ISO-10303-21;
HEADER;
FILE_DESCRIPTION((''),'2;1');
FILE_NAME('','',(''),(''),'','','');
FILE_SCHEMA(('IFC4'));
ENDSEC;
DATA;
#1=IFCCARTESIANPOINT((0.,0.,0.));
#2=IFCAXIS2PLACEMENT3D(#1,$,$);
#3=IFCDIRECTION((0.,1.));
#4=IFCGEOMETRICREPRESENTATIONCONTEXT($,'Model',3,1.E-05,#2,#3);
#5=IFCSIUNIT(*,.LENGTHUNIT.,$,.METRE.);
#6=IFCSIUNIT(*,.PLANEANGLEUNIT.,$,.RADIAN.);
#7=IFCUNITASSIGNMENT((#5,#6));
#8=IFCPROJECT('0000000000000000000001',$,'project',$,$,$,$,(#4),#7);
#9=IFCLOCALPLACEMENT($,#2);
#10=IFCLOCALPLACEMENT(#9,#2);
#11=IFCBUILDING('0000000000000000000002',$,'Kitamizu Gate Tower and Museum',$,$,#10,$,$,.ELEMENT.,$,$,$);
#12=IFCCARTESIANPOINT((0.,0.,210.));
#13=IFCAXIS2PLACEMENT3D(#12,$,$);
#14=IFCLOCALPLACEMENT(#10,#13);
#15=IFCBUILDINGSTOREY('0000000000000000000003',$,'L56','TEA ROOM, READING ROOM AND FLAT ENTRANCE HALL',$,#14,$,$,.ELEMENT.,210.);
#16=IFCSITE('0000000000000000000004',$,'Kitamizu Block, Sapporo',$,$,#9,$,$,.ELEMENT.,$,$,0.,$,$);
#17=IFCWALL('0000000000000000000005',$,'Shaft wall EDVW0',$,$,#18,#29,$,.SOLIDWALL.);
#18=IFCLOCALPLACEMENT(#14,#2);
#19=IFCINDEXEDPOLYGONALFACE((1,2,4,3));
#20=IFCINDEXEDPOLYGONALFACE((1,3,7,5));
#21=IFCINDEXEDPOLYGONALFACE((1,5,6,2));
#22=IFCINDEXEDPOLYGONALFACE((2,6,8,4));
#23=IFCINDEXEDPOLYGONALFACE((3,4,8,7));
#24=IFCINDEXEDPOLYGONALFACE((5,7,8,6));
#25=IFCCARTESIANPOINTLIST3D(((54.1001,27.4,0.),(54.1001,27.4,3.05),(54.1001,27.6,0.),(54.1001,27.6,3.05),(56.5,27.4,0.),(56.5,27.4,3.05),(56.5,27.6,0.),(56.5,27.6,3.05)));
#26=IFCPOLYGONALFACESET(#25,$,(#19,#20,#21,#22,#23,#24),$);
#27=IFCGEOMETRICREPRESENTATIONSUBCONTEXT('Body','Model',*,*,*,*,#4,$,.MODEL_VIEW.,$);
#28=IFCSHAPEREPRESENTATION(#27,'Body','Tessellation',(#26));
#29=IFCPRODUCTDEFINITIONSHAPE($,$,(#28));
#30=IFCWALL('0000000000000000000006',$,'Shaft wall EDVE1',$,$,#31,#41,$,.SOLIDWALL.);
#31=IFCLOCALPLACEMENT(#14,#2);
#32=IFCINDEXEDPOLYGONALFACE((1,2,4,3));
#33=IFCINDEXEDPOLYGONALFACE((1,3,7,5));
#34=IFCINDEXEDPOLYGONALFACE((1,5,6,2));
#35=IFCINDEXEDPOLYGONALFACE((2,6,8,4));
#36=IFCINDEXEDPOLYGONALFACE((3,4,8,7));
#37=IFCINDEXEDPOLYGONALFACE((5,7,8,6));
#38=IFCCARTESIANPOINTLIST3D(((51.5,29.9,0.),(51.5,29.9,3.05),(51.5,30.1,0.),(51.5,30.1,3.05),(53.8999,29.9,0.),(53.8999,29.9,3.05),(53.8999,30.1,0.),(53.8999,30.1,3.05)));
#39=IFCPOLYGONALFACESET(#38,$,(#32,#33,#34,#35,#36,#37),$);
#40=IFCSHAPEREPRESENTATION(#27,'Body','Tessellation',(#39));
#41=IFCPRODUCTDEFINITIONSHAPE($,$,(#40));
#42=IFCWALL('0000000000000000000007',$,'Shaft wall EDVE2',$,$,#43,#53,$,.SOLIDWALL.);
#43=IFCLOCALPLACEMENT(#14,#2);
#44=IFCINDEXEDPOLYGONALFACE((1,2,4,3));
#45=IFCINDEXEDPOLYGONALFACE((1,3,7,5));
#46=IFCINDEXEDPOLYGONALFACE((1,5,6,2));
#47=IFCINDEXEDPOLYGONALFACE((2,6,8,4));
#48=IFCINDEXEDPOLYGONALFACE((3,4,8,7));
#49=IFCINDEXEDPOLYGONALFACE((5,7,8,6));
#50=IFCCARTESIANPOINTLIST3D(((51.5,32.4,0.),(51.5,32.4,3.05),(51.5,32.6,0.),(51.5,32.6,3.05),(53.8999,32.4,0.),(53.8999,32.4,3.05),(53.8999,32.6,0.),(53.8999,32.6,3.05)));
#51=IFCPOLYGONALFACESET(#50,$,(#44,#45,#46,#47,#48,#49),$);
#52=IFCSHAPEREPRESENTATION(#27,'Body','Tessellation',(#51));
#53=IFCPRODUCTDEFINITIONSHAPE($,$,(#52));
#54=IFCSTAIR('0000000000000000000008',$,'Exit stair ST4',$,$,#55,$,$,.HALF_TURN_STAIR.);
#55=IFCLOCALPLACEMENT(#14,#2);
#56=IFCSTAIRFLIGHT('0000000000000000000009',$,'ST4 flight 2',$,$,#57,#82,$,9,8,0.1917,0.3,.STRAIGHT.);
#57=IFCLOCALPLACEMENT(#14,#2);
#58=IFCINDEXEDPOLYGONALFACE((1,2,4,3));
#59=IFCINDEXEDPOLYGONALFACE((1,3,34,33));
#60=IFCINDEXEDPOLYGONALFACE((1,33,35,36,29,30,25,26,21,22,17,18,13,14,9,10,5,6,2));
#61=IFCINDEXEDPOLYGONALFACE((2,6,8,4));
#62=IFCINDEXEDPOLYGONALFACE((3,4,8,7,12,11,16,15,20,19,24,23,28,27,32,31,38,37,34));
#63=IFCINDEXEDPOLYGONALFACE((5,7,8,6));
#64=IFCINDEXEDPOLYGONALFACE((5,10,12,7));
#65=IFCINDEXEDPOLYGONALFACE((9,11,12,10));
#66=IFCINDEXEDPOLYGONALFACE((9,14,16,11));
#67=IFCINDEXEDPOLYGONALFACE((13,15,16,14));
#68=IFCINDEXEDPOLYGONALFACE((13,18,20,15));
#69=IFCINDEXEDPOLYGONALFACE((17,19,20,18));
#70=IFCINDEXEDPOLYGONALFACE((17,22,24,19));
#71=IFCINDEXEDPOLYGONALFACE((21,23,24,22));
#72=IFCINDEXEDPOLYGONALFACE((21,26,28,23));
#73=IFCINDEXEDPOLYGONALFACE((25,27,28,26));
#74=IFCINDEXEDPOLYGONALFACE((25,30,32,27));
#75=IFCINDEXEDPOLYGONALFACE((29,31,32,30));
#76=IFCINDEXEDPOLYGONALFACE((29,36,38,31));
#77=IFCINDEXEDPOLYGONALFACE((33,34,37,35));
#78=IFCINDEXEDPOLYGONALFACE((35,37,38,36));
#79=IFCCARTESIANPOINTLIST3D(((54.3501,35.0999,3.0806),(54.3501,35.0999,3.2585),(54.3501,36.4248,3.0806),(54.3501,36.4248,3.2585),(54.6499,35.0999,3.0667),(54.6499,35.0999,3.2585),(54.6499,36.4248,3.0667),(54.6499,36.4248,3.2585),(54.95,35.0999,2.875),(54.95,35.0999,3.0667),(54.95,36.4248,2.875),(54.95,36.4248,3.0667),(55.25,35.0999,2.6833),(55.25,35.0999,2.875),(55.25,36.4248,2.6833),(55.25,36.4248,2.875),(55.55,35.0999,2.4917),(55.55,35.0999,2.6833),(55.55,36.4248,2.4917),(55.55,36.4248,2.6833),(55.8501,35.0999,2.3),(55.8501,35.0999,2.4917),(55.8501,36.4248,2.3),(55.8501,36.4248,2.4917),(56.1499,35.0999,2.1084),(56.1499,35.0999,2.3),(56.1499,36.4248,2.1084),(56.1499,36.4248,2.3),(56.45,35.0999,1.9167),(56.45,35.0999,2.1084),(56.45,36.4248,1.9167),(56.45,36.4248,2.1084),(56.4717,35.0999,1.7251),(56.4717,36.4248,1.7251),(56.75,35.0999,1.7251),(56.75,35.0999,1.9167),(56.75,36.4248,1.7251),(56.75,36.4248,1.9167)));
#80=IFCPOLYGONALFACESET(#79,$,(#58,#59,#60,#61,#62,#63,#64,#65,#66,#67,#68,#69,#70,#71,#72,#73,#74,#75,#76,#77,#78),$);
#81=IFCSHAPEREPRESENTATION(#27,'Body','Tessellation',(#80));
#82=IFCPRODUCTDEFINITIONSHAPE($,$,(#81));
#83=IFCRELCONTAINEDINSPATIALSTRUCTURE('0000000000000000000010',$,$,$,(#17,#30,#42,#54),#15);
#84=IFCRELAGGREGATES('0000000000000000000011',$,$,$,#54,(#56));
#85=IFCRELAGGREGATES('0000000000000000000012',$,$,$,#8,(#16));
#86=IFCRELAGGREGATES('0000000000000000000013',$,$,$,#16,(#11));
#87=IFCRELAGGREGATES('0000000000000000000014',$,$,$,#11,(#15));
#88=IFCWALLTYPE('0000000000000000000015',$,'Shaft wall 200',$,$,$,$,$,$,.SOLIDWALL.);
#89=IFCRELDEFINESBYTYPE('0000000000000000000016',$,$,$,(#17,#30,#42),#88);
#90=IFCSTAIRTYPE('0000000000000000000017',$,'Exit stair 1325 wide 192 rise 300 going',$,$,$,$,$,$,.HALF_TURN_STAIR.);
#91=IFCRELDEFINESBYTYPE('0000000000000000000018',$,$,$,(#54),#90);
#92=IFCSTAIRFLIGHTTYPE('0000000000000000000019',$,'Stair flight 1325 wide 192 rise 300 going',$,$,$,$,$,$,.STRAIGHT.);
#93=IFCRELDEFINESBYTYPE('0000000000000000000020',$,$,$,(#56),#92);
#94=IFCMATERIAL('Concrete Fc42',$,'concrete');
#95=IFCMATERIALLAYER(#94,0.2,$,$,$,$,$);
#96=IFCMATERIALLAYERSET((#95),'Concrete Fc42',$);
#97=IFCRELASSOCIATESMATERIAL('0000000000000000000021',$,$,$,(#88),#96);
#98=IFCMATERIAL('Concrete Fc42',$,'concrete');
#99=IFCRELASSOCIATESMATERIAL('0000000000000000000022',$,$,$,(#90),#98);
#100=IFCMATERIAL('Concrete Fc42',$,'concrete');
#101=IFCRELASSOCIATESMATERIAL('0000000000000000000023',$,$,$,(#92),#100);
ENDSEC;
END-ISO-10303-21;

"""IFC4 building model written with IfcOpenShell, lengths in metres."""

from ifc_helpers import new_model, si_unit, direction, frame, frame_2d, origin, place, context, subcontext, project, spatial, polyline, rectangle, outline, extrude, material, layer, layer_set, type_object, element, aggregate, save


model = new_model("IFC4")

# Units and contexts
model_context = context("Model", 3, precision=1e-05, world=origin(), true_north=direction((0.0, 1.0)))
body_context = subcontext(model_context, "Body", "Model", "MODEL_VIEW")
ifc_project = project(units=[si_unit("LENGTHUNIT", "METRE"), si_unit("PLANEANGLEUNIT", "RADIAN")], contexts=[model_context])

# Site, building, storey
site_placement = place(None, origin())
site = spatial("IfcSite", under=ifc_project, at=site_placement, Name="Kitamizu Block, Sapporo", CompositionType="ELEMENT", RefElevation=0.0)
building_placement = place(site_placement, origin())
building = spatial("IfcBuilding", under=site, at=building_placement, Name="Kitamizu Gate Tower and Museum", CompositionType="ELEMENT")
storey_placement = place(building_placement, frame((0.0, 0.0, 210.0)))
storey = spatial("IfcBuildingStorey", under=building, at=storey_placement, Name="L56", Description="TEA ROOM, READING ROOM AND FLAT ENTRANCE HALL", CompositionType="ELEMENT", Elevation=210.0)

# Shared definitions
ifc_material_1 = material(Name="Concrete Fc42", Category="concrete")
ifc_layer_1 = layer(ifc_material_1, 0.2)
ifc_layer_set_1 = layer_set([ifc_layer_1], Name="Concrete Fc42")
wall_type_1 = type_object("IfcWallType", Name="Shaft wall 200", PredefinedType="SOLIDWALL", material=ifc_layer_set_1)

# Walls
for number, where, z_axis, x_axis, name in (
    (1, (56.5, 27.5, 0.0), (0.0, 0.0, 1.0), (-1.0, 0.0, 0.0), "Shaft wall EDVW0"),
    (2, (53.8999, 30.0, 0.0), (0.0, 0.0, 1.0), (-1.0, 0.0, 0.0), "Shaft wall EDVE1"),
    (3, (53.8999, 32.5, 0.0), (0.0, 0.0, 1.0), (-1.0, 0.0, 0.0), "Shaft wall EDVE2"),
):
    element("IfcWall", number, at=place(storey_placement, frame(where, z_axis=z_axis, x_axis=x_axis)), inside=storey, type_object=wall_type_1, Name=name, PredefinedType="SOLIDWALL", context=body_context, shape_type="SweptSolid", body=[
        extrude(rectangle(XDim=2.3999, YDim=0.2, at=frame_2d((1.2, 0.0))), origin(), (0.0, 0.0, 1.0), 3.05),
    ])

# Stair, stair flight
ifc_material_2 = material(Name="Concrete Fc42", Category="concrete")
stair_type = type_object("IfcStairType", Name="Exit stair 1325 wide 192 rise 300 going", PredefinedType="HALF_TURN_STAIR", material=ifc_material_2)
stair_placement = place(storey_placement, origin())
stair = element("IfcStair", 4, at=stair_placement, inside=storey, type_object=stair_type, Name="Exit stair ST4", PredefinedType="HALF_TURN_STAIR")
ifc_material_3 = material(Name="Concrete Fc42", Category="concrete")
stair_flight_type = type_object("IfcStairFlightType", Name="Stair flight 1325 wide 192 rise 300 going", PredefinedType="STRAIGHT", material=ifc_material_3)
stair_flight_placement = place(storey_placement, frame((56.75, 35.7625, 1.7251), z_axis=(0.0, 0.0, 1.0), x_axis=(-1.0, 0.0, 0.0)))
stair_flight = element("IfcStairFlight", 5, at=stair_flight_placement, type_object=stair_flight_type, Name="ST4 flight 2", NumberOfRisers=9, NumberOfTreads=8, PredefinedType="STRAIGHT", RiserHeight=0.1917, TreadLength=0.3, context=body_context, shape_type="SweptSolid", body=[
    extrude(outline(polyline([(0.0, 0.0), (0.0, 0.1917), (0.3, 0.1917), (0.3, 0.3833), (0.6001, 0.3833), (0.6001, 0.575), (0.8999, 0.575), (0.8999, 0.7666), (1.2, 0.7666), (1.2, 0.9583), (1.5, 0.9583), (1.5, 1.1499), (1.8, 1.1499), (1.8, 1.3416), (2.1001, 1.3416), (2.1001, 1.5334), (2.3999, 1.5334), (2.3999, 1.7251), (2.3999, 1.3555), (0.2783, 0.0), (0.0, 0.0)])), frame((0.0, 0.6626, 0.0), z_axis=(0.0, -1.0, 0.0), x_axis=(1.0, 0.0, 0.0)), (0.0, 0.0, 1.0), 1.325),
])
aggregate(stair, [stair_flight])

save(model, "model.ifc")
